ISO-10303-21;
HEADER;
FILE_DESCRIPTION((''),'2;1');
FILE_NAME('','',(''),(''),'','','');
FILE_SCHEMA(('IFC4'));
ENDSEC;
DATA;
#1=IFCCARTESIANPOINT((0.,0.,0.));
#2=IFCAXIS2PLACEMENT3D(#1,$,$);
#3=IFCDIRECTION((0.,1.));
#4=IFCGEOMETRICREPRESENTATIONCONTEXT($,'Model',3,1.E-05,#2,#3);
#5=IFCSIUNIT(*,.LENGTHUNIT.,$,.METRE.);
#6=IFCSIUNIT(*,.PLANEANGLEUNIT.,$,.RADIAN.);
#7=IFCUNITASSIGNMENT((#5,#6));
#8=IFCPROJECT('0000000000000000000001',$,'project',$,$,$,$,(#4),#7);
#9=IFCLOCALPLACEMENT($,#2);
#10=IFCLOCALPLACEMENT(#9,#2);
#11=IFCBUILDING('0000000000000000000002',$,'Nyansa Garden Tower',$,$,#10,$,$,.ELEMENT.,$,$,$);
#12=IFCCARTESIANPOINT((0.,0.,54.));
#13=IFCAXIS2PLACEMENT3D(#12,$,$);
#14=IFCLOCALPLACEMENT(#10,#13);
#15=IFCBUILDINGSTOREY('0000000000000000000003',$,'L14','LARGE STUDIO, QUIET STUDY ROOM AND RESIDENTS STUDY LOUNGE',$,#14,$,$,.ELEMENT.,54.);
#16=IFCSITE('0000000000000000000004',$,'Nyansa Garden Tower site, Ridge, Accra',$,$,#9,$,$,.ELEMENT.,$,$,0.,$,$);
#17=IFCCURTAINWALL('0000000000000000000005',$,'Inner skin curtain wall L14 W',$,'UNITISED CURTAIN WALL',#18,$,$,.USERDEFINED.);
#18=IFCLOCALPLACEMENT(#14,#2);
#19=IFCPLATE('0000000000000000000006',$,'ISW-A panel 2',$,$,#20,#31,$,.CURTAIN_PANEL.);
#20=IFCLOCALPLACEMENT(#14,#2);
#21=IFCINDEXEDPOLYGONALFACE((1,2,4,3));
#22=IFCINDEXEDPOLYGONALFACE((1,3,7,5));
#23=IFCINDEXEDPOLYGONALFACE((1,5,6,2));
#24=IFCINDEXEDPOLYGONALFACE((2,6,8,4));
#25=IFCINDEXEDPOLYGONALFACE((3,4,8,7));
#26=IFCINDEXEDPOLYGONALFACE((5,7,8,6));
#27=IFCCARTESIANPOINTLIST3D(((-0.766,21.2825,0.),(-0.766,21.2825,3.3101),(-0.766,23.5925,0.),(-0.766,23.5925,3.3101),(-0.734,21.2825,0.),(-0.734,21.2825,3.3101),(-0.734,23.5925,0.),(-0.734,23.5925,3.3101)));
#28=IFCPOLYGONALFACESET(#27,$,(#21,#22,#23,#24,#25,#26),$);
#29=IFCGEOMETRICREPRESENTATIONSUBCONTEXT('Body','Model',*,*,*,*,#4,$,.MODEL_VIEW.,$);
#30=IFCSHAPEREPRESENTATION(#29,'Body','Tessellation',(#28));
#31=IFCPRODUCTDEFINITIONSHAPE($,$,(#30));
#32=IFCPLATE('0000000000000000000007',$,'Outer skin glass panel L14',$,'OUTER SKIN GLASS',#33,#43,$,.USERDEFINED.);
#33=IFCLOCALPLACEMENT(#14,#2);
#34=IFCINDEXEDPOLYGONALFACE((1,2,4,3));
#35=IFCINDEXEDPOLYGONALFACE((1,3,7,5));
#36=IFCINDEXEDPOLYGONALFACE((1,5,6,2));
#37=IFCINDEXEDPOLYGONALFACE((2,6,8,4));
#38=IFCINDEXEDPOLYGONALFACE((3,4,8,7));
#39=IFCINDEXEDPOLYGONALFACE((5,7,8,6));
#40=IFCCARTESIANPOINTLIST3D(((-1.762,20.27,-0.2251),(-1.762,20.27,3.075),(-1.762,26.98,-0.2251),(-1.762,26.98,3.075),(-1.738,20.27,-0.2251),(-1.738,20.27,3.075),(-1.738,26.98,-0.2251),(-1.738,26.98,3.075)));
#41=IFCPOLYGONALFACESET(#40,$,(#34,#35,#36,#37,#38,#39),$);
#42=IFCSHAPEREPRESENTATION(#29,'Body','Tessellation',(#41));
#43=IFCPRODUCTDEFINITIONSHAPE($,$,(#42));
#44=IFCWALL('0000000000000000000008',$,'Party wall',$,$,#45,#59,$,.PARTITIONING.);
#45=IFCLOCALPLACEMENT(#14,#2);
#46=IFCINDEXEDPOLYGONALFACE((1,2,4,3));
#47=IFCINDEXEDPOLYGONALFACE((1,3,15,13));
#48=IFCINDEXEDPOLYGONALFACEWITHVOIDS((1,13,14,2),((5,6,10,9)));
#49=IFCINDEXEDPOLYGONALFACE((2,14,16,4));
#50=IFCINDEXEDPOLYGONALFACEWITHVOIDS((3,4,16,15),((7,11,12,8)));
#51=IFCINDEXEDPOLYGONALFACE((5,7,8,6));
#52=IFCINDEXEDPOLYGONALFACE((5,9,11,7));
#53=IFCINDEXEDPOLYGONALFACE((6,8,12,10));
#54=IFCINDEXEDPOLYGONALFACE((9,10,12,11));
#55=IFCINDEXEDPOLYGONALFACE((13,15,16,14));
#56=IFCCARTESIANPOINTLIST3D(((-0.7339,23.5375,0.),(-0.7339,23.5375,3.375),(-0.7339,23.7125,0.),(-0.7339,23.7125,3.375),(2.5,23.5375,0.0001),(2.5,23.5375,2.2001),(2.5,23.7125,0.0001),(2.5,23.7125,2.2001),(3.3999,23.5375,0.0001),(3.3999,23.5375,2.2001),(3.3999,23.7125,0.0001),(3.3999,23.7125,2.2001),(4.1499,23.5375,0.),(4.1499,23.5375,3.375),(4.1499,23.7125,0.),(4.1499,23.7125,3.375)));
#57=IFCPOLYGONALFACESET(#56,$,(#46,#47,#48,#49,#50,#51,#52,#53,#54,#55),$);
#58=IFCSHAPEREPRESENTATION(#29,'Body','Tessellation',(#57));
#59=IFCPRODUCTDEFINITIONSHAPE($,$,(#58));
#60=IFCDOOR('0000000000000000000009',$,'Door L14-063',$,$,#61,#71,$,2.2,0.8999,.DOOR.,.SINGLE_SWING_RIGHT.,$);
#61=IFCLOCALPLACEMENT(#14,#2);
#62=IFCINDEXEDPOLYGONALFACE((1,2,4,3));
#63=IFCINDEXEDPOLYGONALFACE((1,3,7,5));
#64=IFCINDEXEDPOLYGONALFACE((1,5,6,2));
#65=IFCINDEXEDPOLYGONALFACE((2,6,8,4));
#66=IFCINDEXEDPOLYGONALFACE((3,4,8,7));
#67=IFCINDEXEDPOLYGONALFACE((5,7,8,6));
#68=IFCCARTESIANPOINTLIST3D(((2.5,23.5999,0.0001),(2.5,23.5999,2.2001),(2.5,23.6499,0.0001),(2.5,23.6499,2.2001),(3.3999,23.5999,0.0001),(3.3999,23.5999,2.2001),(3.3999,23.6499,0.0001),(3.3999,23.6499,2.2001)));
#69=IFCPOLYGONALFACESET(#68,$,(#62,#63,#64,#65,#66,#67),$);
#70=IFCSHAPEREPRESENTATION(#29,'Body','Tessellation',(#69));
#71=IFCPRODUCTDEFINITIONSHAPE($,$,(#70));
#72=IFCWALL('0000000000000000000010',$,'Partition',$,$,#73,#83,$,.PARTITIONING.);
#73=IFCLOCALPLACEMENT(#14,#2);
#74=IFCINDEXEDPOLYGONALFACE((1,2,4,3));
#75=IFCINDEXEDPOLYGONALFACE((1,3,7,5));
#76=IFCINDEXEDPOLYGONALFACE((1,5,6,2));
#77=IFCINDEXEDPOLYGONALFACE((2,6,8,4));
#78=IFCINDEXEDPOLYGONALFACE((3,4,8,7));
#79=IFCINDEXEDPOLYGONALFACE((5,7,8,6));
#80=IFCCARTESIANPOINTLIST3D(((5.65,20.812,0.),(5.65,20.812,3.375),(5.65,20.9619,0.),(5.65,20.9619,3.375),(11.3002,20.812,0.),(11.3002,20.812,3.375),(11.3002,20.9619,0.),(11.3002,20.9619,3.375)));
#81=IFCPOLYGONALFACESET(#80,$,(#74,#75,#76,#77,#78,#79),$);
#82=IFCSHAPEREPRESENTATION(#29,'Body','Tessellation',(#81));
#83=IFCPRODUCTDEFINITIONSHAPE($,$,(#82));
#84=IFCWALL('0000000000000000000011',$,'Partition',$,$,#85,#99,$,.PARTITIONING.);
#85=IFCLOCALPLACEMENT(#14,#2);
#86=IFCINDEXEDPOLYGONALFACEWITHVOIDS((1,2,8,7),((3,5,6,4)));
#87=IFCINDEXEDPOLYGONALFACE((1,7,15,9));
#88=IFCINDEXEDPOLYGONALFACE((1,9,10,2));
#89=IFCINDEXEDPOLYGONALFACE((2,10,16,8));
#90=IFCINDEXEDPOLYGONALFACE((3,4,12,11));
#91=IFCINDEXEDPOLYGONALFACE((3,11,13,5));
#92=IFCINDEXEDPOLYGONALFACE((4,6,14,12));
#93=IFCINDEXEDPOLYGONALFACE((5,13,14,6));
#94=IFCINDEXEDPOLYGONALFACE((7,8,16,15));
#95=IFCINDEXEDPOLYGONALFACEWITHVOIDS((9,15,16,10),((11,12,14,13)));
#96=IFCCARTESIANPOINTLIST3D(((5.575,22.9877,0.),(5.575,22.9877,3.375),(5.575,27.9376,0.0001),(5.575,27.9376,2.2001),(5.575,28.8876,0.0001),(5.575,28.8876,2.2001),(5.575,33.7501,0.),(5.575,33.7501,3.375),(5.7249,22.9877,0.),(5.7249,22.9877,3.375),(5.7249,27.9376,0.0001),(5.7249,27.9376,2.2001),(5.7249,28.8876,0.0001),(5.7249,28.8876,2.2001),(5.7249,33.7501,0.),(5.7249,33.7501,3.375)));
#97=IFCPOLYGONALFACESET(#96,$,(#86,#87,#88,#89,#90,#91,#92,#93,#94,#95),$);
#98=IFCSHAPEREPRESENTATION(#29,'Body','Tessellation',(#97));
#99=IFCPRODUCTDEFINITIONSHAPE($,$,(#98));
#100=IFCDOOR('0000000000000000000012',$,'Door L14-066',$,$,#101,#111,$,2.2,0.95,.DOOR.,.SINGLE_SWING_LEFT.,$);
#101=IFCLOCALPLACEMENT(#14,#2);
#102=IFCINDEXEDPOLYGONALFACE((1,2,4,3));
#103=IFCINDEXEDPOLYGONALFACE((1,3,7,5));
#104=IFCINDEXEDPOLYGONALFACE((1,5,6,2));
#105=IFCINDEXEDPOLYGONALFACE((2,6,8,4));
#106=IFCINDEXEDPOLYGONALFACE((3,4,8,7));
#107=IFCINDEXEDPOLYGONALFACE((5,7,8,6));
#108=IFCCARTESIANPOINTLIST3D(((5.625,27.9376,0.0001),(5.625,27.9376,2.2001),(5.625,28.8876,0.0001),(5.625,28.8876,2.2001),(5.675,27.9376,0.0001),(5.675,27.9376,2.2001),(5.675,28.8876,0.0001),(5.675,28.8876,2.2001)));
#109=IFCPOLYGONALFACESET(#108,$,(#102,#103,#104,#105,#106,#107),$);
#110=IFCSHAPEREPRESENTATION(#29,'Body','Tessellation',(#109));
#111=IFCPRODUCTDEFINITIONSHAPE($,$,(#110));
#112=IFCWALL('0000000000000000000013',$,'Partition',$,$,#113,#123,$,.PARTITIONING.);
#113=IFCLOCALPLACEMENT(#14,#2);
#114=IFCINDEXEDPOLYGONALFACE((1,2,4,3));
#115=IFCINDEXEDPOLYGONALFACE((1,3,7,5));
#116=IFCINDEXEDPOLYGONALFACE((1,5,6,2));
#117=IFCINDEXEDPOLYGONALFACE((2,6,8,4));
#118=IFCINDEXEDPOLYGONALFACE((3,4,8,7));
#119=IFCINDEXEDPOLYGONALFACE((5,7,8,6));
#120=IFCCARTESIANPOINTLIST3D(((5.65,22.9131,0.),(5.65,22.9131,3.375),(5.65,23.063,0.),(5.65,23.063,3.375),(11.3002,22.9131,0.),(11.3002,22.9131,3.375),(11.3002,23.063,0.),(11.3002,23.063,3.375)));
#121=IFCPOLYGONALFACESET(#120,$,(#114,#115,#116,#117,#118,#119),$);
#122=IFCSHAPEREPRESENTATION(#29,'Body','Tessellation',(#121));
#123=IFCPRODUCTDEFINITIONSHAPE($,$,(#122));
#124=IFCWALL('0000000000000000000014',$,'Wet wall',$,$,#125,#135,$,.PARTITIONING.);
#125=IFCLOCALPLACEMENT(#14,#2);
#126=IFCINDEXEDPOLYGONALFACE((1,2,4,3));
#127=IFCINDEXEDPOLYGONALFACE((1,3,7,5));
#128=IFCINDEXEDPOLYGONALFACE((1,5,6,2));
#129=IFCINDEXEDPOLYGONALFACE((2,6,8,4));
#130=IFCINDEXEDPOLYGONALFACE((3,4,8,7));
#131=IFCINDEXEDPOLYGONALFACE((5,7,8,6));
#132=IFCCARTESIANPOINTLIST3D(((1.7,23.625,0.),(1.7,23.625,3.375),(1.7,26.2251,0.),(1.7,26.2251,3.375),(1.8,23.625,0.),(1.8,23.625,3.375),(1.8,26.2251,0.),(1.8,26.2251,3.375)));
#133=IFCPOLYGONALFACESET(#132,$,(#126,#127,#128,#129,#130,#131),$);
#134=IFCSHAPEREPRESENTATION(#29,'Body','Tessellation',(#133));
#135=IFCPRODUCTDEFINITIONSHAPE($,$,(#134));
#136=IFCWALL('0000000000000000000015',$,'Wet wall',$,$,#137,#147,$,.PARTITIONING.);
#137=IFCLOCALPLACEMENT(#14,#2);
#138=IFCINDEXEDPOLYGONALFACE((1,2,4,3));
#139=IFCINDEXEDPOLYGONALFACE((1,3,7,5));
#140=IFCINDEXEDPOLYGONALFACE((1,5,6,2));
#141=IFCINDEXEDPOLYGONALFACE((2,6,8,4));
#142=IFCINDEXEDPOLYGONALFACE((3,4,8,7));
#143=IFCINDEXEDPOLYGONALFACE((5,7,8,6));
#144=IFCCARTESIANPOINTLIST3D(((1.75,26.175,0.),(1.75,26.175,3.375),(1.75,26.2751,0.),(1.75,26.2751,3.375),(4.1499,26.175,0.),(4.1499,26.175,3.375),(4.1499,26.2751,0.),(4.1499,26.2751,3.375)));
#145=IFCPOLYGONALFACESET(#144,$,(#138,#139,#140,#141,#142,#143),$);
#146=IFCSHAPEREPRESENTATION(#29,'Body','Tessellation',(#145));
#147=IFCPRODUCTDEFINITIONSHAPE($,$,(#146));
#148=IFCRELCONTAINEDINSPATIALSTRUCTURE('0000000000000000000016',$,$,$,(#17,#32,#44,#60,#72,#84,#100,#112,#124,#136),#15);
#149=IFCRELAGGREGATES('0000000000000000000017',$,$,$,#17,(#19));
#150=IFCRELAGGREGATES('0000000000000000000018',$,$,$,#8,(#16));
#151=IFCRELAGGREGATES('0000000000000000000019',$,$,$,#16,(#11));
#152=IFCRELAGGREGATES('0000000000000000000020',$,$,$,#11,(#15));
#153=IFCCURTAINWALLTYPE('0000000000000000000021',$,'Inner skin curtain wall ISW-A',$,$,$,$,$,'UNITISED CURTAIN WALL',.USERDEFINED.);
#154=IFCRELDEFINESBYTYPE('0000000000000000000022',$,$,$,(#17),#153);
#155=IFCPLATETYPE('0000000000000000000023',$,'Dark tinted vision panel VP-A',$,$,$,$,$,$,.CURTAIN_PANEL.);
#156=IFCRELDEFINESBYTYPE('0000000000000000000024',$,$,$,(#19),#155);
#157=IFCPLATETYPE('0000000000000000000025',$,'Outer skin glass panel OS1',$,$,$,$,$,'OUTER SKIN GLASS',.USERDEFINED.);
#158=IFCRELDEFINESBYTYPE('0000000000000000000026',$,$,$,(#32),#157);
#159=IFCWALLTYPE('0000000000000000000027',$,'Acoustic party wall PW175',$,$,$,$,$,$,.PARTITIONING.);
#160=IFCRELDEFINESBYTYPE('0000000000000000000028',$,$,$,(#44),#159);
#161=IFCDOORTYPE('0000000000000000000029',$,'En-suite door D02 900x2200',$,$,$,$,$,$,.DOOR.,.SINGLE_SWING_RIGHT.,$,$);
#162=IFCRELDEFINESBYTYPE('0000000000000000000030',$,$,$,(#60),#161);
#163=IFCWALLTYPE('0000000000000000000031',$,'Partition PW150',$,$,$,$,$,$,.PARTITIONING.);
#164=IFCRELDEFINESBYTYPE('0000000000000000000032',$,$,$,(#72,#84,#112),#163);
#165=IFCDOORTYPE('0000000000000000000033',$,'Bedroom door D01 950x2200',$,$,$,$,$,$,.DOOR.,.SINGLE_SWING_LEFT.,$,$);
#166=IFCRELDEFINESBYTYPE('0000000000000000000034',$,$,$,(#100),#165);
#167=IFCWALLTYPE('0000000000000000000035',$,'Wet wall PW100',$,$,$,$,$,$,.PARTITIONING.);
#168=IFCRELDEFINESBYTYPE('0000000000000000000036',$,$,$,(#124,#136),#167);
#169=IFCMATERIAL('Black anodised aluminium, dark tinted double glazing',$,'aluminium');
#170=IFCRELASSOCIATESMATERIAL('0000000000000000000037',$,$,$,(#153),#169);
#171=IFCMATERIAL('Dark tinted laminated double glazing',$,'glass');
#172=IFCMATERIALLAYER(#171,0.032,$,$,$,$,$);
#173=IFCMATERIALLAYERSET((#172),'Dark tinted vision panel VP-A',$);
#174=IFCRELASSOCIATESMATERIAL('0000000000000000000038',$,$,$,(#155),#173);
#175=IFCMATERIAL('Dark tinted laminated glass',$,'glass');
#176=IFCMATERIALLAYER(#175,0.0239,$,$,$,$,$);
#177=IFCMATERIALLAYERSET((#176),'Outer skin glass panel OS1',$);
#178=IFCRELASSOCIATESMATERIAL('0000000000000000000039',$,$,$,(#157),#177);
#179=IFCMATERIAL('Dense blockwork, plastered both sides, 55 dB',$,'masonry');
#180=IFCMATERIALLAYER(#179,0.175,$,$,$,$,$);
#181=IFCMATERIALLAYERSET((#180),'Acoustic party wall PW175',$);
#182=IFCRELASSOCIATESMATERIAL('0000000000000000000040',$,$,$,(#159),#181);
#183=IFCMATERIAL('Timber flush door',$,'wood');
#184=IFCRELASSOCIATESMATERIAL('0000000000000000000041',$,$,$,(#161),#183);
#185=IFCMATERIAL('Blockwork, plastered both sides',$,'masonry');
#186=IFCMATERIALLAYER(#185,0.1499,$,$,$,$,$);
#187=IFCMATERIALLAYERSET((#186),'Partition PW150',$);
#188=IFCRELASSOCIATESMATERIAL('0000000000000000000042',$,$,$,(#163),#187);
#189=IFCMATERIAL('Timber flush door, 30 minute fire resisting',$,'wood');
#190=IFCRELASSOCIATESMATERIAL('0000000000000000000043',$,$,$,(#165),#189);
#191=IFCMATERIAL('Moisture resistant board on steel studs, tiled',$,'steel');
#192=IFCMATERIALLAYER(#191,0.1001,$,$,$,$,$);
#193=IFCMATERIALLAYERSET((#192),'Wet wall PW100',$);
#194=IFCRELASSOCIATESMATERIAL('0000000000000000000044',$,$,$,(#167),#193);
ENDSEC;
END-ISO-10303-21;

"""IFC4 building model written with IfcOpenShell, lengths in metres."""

from ifc_helpers import new_model, si_unit, direction, frame, frame_2d, origin, origin_2d, place, context, subcontext, project, spatial, rectangle, extrude, material, layer, layer_set, type_object, element, fill, aggregate, save


model = new_model("IFC4")

# Units and contexts
model_context = context("Model", 3, precision=1e-05, world=origin(), true_north=direction((0.0, 1.0)))
body_context = subcontext(model_context, "Body", "Model", "MODEL_VIEW")
ifc_project = project(units=[si_unit("LENGTHUNIT", "METRE"), si_unit("PLANEANGLEUNIT", "RADIAN")], contexts=[model_context])

# Site, building, storey
site_placement = place(None, origin())
site = spatial("IfcSite", under=ifc_project, at=site_placement, Name="Nyansa Garden Tower site, Ridge, Accra", CompositionType="ELEMENT", RefElevation=0.0)
building_placement = place(site_placement, origin())
building = spatial("IfcBuilding", under=site, at=building_placement, Name="Nyansa Garden Tower", CompositionType="ELEMENT")
storey_placement = place(building_placement, frame((0.0, 0.0, 54.0)))
storey = spatial("IfcBuildingStorey", under=building, at=storey_placement, Name="L14", Description="LARGE STUDIO, QUIET STUDY ROOM AND RESIDENTS STUDY LOUNGE", CompositionType="ELEMENT", Elevation=54.0)

# Curtain wall
ifc_material_1 = material(Name="Black anodised aluminium, dark tinted double glazing", Category="aluminium")
curtain_wall_type = type_object("IfcCurtainWallType", Name="Inner skin curtain wall ISW-A", ElementType="UNITISED CURTAIN WALL", PredefinedType="USERDEFINED", material=ifc_material_1)
curtain_wall_placement = place(storey_placement, origin())
curtain_wall = element("IfcCurtainWall", 1, at=curtain_wall_placement, inside=storey, type_object=curtain_wall_type, Name="Inner skin curtain wall L14 W", ObjectType="UNITISED CURTAIN WALL", PredefinedType="USERDEFINED")

# Plates
ifc_material_2 = material(Name="Dark tinted laminated double glazing", Category="glass")
ifc_layer_1 = layer(ifc_material_2, 0.032)
ifc_layer_set_1 = layer_set([ifc_layer_1], Name="Dark tinted vision panel VP-A")
plate_type_1 = type_object("IfcPlateType", Name="Dark tinted vision panel VP-A", PredefinedType="CURTAIN_PANEL", material=ifc_layer_set_1)
plate_1_placement = place(storey_placement, frame((-0.75, 22.4375, 0.0), z_axis=(0.0, 0.0, 1.0), x_axis=(0.0, -1.0, 0.0)))
plate_1 = element("IfcPlate", 2, at=plate_1_placement, type_object=plate_type_1, Name="ISW-A panel 2", PredefinedType="CURTAIN_PANEL", context=body_context, shape_type="SweptSolid", body=[
    extrude(rectangle(XDim=2.3101, YDim=0.032, at=origin_2d()), origin(), (0.0, 0.0, 1.0), 3.3101),
])
aggregate(curtain_wall, [plate_1])
ifc_material_3 = material(Name="Dark tinted laminated glass", Category="glass")
ifc_layer_2 = layer(ifc_material_3, 0.0239)
ifc_layer_set_2 = layer_set([ifc_layer_2], Name="Outer skin glass panel OS1")
plate_type_2 = type_object("IfcPlateType", Name="Outer skin glass panel OS1", ElementType="OUTER SKIN GLASS", PredefinedType="USERDEFINED", material=ifc_layer_set_2)
plate_2_placement = place(storey_placement, frame((-1.75, 23.625, -0.2251), z_axis=(0.0, 0.0, 1.0), x_axis=(0.0, 1.0, 0.0)))
element("IfcPlate", 3, at=plate_2_placement, inside=storey, type_object=plate_type_2, Name="Outer skin glass panel L14", ObjectType="OUTER SKIN GLASS", PredefinedType="USERDEFINED", context=body_context, shape_type="SweptSolid", body=[
    extrude(rectangle(XDim=6.71, YDim=0.0239, at=origin_2d()), origin(), (0.0, 0.0, 1.0), 3.3),
])

# Wall, opening, door
ifc_material_4 = material(Name="Dense blockwork, plastered both sides, 55 dB", Category="masonry")
ifc_layer_3 = layer(ifc_material_4, 0.175)
ifc_layer_set_3 = layer_set([ifc_layer_3], Name="Acoustic party wall PW175")
wall_type_1 = type_object("IfcWallType", Name="Acoustic party wall PW175", PredefinedType="PARTITIONING", material=ifc_layer_set_3)
wall_1_placement = place(storey_placement, frame((-0.7339, 23.625, 0.0), z_axis=(0.0, 0.0, 1.0), x_axis=(1.0, 0.0, 0.0)))
wall_1 = element("IfcWall", 4, at=wall_1_placement, inside=storey, type_object=wall_type_1, Name="Party wall", PredefinedType="PARTITIONING", context=body_context, shape_type="SweptSolid", body=[
    extrude(rectangle(XDim=4.8838, YDim=0.175, at=frame_2d((2.4419, 0.0))), origin(), (0.0, 0.0, 1.0), 3.375),
])
opening_1_placement = place(wall_1_placement, frame((3.2339, 0.0, 0.0)))
opening_1 = element("IfcOpeningElement", 5, at=opening_1_placement, cuts=wall_1, PredefinedType="OPENING", context=body_context, shape_type="SweptSolid", body=[
    extrude(rectangle(XDim=0.8999, YDim=2.2, at=frame_2d((0.45, 1.1001))), frame((0.0, 0.0974, 0.0), z_axis=(0.0, -1.0, 0.0), x_axis=(1.0, 0.0, 0.0)), (0.0, 0.0, 1.0), 0.1951),
])
ifc_material_5 = material(Name="Timber flush door", Category="wood")
door_type_1 = type_object("IfcDoorType", Name="En-suite door D02 900x2200", OperationType="SINGLE_SWING_RIGHT", PredefinedType="DOOR", material=ifc_material_5)
door_1_placement = place(opening_1_placement, origin())
door_1 = element("IfcDoor", 6, at=door_1_placement, inside=storey, type_object=door_type_1, Name="Door L14-063", OperationType="SINGLE_SWING_RIGHT", OverallHeight=2.2, OverallWidth=0.8999, PredefinedType="DOOR", context=body_context, shape_type="SweptSolid", body=[
    extrude(rectangle(XDim=0.8999, YDim=2.2, at=frame_2d((0.45, 1.1001))), frame((0.0, 0.0249, 0.0), z_axis=(0.0, -1.0, 0.0), x_axis=(1.0, 0.0, 0.0)), (0.0, 0.0, 1.0), 0.05),
])
fill(opening_1, door_1)

# Wall
ifc_material_6 = material(Name="Blockwork, plastered both sides", Category="masonry")
ifc_layer_4 = layer(ifc_material_6, 0.1499)
ifc_layer_set_4 = layer_set([ifc_layer_4], Name="Partition PW150")
wall_type_2 = type_object("IfcWallType", Name="Partition PW150", PredefinedType="PARTITIONING", material=ifc_layer_set_4)
wall_2_placement = place(storey_placement, frame((5.6499, 20.887, 0.0), z_axis=(0.0, 0.0, 1.0), x_axis=(1.0, 0.0, 0.0)))
element("IfcWall", 7, at=wall_2_placement, inside=storey, type_object=wall_type_2, Name="Partition", PredefinedType="PARTITIONING", context=body_context, shape_type="SweptSolid", body=[
    extrude(rectangle(XDim=5.6501, YDim=0.1499, at=frame_2d((2.8252, 0.0))), origin(), (0.0, 0.0, 1.0), 3.375),
])

# Wall, opening, door
wall_3_placement = place(storey_placement, frame((5.6499, 22.9875, 0.0), z_axis=(0.0, 0.0, 1.0), x_axis=(0.0, 1.0, 0.0)))
wall_3 = element("IfcWall", 8, at=wall_3_placement, inside=storey, type_object=wall_type_2, Name="Partition", PredefinedType="PARTITIONING", context=body_context, shape_type="SweptSolid", body=[
    extrude(rectangle(XDim=10.7625, YDim=0.1499, at=frame_2d((5.3813, 0.0))), origin(), (0.0, 0.0, 1.0), 3.375),
])
opening_2_placement = place(wall_3_placement, frame((4.95, 0.0, 0.0)))
opening_2 = element("IfcOpeningElement", 9, at=opening_2_placement, cuts=wall_3, PredefinedType="OPENING", context=body_context, shape_type="SweptSolid", body=[
    extrude(rectangle(XDim=0.95, YDim=2.2, at=frame_2d((0.4751, 1.1001))), frame((0.0, 0.085, 0.0), z_axis=(0.0, -1.0, 0.0), x_axis=(1.0, 0.0, 0.0)), (0.0, 0.0, 1.0), 0.1699),
])
ifc_material_7 = material(Name="Timber flush door, 30 minute fire resisting", Category="wood")
door_type_2 = type_object("IfcDoorType", Name="Bedroom door D01 950x2200", OperationType="SINGLE_SWING_LEFT", PredefinedType="DOOR", material=ifc_material_7)
door_2_placement = place(opening_2_placement, origin())
door_2 = element("IfcDoor", 10, at=door_2_placement, inside=storey, type_object=door_type_2, Name="Door L14-066", OperationType="SINGLE_SWING_LEFT", OverallHeight=2.2, OverallWidth=0.95, PredefinedType="DOOR", context=body_context, shape_type="SweptSolid", body=[
    extrude(rectangle(XDim=0.95, YDim=2.2, at=frame_2d((0.4751, 1.1001))), frame((0.0, 0.0249, 0.0), z_axis=(0.0, -1.0, 0.0), x_axis=(1.0, 0.0, 0.0)), (0.0, 0.0, 1.0), 0.05),
])
fill(opening_2, door_2)

# Walls
wall_4_placement = place(storey_placement, frame((5.6499, 22.988, 0.0), z_axis=(0.0, 0.0, 1.0), x_axis=(1.0, 0.0, 0.0)))
element("IfcWall", 11, at=wall_4_placement, inside=storey, type_object=wall_type_2, Name="Partition", PredefinedType="PARTITIONING", context=body_context, shape_type="SweptSolid", body=[
    extrude(rectangle(XDim=5.6501, YDim=0.1499, at=frame_2d((2.8252, 0.0))), origin(), (0.0, 0.0, 1.0), 3.375),
])
ifc_material_8 = material(Name="Moisture resistant board on steel studs, tiled", Category="steel")
ifc_layer_5 = layer(ifc_material_8, 0.1001)
ifc_layer_set_5 = layer_set([ifc_layer_5], Name="Wet wall PW100")
wall_type_3 = type_object("IfcWallType", Name="Wet wall PW100", PredefinedType="PARTITIONING", material=ifc_layer_set_5)
wall_5_placement = place(storey_placement, frame((1.75, 23.625, 0.0), z_axis=(0.0, 0.0, 1.0), x_axis=(0.0, 1.0, 0.0)))
element("IfcWall", 12, at=wall_5_placement, inside=storey, type_object=wall_type_3, Name="Wet wall", PredefinedType="PARTITIONING", context=body_context, shape_type="SweptSolid", body=[
    extrude(rectangle(XDim=2.6001, YDim=0.1001, at=frame_2d((1.3, 0.0))), origin(), (0.0, 0.0, 1.0), 3.375),
])
wall_6_placement = place(storey_placement, frame((1.75, 26.2251, 0.0), z_axis=(0.0, 0.0, 1.0), x_axis=(1.0, 0.0, 0.0)))
element("IfcWall", 13, at=wall_6_placement, inside=storey, type_object=wall_type_3, Name="Wet wall", PredefinedType="PARTITIONING", context=body_context, shape_type="SweptSolid", body=[
    extrude(rectangle(XDim=2.3999, YDim=0.1001, at=frame_2d((1.2, 0.0))), origin(), (0.0, 0.0, 1.0), 3.375),
])

save(model, "model.ifc")
